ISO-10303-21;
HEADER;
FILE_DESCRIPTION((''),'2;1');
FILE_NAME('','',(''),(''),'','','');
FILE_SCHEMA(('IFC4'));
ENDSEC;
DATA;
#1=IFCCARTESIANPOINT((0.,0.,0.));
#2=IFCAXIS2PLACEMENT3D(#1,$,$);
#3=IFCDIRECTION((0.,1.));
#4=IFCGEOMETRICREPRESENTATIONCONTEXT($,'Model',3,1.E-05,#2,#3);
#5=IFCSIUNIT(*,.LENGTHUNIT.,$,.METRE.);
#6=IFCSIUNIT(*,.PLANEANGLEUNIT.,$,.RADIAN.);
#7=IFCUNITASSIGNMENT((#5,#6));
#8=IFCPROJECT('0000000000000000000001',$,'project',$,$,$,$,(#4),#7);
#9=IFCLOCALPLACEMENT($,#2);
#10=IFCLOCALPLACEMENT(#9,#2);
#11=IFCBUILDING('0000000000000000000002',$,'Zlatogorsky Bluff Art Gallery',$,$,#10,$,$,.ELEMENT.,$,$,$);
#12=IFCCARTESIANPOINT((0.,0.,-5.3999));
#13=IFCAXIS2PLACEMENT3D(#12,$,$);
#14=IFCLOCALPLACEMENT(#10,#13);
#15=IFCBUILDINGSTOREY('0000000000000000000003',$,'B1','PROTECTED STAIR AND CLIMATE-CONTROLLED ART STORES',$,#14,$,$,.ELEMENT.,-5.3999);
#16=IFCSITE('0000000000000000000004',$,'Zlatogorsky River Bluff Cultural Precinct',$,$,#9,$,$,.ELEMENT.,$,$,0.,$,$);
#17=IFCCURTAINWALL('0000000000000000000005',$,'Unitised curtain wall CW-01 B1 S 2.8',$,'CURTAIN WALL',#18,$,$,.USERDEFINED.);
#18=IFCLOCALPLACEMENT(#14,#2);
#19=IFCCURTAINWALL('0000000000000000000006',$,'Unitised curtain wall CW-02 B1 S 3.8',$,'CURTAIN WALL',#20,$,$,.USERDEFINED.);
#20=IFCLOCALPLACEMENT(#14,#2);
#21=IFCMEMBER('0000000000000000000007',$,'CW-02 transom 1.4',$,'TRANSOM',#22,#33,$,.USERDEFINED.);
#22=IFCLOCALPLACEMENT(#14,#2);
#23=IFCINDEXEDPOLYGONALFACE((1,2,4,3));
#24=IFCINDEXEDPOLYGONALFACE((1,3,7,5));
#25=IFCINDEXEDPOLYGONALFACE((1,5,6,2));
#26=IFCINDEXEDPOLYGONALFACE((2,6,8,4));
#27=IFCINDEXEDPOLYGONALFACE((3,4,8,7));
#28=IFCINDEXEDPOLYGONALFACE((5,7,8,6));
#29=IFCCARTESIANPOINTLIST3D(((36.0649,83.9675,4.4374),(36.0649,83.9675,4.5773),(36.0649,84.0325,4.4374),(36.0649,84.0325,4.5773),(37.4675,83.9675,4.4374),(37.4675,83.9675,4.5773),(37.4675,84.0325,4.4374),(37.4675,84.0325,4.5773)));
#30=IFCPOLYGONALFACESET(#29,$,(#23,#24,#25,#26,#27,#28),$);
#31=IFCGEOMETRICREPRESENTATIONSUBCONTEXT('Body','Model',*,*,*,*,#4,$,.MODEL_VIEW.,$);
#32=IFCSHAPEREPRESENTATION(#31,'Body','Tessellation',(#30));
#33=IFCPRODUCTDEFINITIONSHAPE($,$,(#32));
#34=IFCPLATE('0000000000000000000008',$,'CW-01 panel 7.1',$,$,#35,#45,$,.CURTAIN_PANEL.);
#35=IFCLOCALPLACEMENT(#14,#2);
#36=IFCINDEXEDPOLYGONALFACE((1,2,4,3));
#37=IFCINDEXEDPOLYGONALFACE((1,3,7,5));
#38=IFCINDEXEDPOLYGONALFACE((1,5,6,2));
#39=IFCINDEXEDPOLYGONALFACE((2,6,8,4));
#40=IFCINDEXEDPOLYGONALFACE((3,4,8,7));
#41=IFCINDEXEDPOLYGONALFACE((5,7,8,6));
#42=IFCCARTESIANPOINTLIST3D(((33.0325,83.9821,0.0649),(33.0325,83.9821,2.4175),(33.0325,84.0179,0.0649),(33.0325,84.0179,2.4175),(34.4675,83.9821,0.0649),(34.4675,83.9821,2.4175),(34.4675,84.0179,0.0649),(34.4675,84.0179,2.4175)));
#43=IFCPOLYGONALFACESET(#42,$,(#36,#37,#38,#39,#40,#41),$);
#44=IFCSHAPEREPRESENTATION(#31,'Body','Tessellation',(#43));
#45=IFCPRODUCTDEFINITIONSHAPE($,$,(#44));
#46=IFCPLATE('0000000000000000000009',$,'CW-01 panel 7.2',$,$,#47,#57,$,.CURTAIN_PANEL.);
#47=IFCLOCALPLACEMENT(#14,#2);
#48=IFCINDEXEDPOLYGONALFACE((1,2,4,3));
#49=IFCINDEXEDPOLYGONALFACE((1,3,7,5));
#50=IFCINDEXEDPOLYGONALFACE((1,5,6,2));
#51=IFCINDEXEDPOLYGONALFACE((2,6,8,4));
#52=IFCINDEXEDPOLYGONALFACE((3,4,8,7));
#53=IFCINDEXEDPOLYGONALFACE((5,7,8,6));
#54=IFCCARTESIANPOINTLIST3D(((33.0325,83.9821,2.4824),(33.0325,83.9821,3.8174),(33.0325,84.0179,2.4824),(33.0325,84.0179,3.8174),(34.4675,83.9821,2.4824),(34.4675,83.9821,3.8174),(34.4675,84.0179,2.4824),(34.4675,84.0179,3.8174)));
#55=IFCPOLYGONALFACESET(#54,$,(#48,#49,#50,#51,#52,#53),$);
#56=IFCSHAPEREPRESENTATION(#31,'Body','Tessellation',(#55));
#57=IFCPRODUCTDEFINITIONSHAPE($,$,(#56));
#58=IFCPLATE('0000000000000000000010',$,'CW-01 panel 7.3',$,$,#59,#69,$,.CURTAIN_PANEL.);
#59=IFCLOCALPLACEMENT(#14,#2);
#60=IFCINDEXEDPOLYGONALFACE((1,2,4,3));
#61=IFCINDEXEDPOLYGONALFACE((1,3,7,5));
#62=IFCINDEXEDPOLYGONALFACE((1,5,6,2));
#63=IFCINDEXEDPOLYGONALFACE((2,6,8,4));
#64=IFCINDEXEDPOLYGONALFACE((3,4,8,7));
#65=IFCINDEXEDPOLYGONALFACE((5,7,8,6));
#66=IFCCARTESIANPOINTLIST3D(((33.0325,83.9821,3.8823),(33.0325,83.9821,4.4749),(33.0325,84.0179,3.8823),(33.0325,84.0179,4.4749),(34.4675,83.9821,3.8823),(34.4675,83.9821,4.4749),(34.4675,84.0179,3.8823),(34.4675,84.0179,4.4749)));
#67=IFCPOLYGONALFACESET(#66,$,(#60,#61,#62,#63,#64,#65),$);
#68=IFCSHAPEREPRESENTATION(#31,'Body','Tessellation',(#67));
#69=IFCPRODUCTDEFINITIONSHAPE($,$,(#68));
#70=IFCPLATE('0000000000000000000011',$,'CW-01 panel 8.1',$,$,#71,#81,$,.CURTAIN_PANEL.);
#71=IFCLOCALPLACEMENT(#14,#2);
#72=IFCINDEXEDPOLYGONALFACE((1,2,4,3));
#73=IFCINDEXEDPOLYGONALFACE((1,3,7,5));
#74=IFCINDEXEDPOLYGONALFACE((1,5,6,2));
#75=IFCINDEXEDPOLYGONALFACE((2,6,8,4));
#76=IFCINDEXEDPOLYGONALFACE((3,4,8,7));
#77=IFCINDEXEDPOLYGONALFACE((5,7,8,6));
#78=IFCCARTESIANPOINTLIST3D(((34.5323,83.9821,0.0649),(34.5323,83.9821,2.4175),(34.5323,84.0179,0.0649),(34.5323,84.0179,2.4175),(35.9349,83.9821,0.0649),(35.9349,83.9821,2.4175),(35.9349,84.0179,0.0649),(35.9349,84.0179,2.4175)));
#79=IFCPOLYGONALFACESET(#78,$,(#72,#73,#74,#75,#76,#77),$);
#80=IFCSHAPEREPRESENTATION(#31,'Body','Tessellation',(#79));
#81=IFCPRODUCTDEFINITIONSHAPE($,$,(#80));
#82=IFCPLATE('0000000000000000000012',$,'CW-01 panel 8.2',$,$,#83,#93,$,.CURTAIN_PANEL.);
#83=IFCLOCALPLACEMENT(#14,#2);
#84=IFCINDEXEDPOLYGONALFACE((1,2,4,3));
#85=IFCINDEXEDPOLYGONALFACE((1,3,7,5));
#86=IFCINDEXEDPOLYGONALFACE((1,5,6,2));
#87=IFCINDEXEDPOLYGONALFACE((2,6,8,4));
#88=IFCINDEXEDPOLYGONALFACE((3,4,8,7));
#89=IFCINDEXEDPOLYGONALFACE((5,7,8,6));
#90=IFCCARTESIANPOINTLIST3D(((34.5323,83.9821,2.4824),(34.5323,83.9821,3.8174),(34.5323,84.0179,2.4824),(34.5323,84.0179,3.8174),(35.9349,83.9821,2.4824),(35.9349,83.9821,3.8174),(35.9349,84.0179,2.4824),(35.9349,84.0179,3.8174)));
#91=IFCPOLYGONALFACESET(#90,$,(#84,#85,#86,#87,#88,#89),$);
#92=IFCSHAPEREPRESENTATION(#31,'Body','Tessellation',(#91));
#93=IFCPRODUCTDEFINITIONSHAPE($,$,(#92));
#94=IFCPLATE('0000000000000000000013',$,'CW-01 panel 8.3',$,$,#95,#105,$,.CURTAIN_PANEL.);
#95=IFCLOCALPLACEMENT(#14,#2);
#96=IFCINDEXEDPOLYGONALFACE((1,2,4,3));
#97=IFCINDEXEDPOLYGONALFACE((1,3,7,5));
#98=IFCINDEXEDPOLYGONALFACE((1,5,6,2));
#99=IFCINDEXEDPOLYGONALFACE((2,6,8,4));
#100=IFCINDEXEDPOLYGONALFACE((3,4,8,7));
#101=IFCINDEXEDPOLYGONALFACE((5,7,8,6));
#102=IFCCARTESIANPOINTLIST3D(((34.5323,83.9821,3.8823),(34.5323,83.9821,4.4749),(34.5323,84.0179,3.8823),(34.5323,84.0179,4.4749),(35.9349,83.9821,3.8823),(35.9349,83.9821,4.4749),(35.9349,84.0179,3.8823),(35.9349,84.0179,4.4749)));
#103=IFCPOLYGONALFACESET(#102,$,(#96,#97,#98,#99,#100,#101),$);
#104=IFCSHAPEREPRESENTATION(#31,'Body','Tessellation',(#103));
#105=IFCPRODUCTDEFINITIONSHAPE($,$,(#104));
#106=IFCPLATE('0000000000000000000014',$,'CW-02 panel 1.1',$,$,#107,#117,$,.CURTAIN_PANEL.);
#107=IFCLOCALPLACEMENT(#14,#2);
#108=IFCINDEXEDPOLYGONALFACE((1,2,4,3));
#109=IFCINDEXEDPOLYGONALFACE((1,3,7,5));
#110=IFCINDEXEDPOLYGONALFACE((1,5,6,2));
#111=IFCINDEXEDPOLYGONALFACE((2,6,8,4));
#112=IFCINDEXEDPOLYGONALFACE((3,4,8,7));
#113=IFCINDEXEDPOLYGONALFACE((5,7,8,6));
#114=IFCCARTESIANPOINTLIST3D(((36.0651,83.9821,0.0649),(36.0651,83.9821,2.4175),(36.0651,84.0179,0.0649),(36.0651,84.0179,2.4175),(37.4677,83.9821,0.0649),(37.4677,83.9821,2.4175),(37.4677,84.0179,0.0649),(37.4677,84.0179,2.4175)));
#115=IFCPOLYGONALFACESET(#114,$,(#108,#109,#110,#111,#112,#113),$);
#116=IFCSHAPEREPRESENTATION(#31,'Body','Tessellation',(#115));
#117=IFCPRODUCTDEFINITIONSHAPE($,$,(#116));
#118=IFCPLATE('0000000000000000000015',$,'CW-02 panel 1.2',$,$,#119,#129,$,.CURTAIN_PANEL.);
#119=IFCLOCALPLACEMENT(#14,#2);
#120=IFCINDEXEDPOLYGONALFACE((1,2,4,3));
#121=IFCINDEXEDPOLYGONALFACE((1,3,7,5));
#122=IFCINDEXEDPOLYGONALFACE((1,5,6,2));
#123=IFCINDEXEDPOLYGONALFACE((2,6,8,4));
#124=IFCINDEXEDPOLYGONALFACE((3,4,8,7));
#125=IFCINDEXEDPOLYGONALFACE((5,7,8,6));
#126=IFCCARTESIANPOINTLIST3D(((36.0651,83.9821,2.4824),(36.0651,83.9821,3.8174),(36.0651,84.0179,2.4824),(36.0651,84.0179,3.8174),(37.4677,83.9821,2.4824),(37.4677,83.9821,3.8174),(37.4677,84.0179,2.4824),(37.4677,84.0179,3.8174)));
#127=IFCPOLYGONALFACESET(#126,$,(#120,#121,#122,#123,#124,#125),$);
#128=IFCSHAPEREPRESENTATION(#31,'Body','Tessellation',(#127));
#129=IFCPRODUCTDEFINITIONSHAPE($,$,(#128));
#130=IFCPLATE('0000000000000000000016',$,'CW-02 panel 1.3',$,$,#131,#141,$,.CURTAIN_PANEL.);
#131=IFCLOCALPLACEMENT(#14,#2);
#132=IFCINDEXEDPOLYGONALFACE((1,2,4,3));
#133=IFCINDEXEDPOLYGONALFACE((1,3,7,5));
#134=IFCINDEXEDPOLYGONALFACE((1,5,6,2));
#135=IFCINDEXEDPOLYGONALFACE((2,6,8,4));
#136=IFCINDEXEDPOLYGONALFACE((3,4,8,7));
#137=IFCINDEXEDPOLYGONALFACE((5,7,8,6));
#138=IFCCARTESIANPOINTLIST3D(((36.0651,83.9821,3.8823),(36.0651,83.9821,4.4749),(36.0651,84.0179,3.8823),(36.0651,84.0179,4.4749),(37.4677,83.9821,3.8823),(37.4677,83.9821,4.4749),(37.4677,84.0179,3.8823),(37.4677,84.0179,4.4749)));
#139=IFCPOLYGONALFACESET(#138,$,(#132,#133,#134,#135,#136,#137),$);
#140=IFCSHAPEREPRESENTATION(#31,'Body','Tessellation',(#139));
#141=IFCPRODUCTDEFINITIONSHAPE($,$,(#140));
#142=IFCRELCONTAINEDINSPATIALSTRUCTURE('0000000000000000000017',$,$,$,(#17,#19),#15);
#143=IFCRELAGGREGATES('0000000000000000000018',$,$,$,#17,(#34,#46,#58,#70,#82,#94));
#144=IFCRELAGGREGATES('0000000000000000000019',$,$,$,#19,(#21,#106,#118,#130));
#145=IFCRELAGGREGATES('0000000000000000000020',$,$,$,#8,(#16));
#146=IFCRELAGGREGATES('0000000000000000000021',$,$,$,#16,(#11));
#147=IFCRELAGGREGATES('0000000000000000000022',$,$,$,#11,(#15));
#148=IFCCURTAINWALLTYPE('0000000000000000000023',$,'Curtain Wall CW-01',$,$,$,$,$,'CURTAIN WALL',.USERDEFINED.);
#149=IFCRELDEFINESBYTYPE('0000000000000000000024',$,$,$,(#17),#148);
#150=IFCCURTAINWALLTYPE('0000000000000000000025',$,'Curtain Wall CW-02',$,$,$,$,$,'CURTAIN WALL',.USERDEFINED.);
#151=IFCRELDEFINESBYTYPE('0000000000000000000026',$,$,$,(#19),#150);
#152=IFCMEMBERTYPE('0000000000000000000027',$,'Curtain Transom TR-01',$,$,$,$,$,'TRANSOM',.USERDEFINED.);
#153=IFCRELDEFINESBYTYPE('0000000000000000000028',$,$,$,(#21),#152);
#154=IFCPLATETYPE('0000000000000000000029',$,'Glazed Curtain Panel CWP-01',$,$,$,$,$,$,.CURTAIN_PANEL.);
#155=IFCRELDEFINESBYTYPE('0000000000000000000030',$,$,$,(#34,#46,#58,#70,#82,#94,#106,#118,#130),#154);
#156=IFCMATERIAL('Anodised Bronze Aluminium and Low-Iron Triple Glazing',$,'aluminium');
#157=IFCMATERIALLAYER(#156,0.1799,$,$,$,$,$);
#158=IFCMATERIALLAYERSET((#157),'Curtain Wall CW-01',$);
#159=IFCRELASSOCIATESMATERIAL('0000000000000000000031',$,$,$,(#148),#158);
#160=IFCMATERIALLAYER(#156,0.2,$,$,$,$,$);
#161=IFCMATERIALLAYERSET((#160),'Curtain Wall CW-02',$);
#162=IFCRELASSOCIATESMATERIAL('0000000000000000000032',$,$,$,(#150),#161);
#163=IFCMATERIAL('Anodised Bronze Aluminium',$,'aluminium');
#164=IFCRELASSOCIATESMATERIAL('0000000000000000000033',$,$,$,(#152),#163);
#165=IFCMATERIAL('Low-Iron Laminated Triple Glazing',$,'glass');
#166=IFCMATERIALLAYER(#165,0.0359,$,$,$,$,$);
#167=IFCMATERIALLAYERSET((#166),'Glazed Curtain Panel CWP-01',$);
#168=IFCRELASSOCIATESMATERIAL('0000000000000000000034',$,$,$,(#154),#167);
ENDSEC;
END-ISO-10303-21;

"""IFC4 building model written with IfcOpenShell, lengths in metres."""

from ifc_helpers import new_model, si_unit, direction, frame, origin, origin_2d, place, context, subcontext, project, spatial, rectangle, extrude, material, layer, layer_set, material_profile, profile_set, type_object, element, aggregate, save


model = new_model("IFC4")

# Units and contexts
model_context = context("Model", 3, precision=1e-05, world=origin(), true_north=direction((0.0, 1.0)))
body_context = subcontext(model_context, "Body", "Model", "MODEL_VIEW")
ifc_project = project(units=[si_unit("LENGTHUNIT", "METRE"), si_unit("PLANEANGLEUNIT", "RADIAN")], contexts=[model_context])

# Site, building, storey
site_placement = place(None, origin())
site = spatial("IfcSite", under=ifc_project, at=site_placement, Name="Zlatogorsky River Bluff Cultural Precinct", CompositionType="ELEMENT", RefElevation=0.0)
building_placement = place(site_placement, origin())
building = spatial("IfcBuilding", under=site, at=building_placement, Name="Zlatogorsky Bluff Art Gallery", CompositionType="ELEMENT")
storey_placement = place(building_placement, frame((0.0, 0.0, -5.3999)))
storey = spatial("IfcBuildingStorey", under=building, at=storey_placement, Name="B1", Description="PROTECTED STAIR AND CLIMATE-CONTROLLED ART STORES", CompositionType="ELEMENT", Elevation=-5.3999)

# Curtain wall
ifc_material_1 = material(Name="Anodised Bronze Aluminium and Low-Iron Triple Glazing", Category="aluminium")
ifc_layer_1 = layer(ifc_material_1, 0.1799)
ifc_layer_set_1 = layer_set([ifc_layer_1], Name="Curtain Wall CW-01")
curtain_wall_type_1 = type_object("IfcCurtainWallType", Name="Curtain Wall CW-01", ElementType="CURTAIN WALL", PredefinedType="USERDEFINED", material=ifc_layer_set_1)
curtain_wall_1_placement = place(storey_placement, origin())
curtain_wall_1 = element("IfcCurtainWall", 1, at=curtain_wall_1_placement, inside=storey, type_object=curtain_wall_type_1, Name="Unitised curtain wall CW-01 B1 S 2.8", ObjectType="CURTAIN WALL", PredefinedType="USERDEFINED")
ifc_material_2 = material(Name="Anodised Bronze Aluminium", Category="aluminium")

# Curtain wall
ifc_layer_2 = layer(ifc_material_1, 0.2)
ifc_layer_set_2 = layer_set([ifc_layer_2], Name="Curtain Wall CW-02")
curtain_wall_type_2 = type_object("IfcCurtainWallType", Name="Curtain Wall CW-02", ElementType="CURTAIN WALL", PredefinedType="USERDEFINED", material=ifc_layer_set_2)
curtain_wall_2_placement = place(storey_placement, origin())
curtain_wall_2 = element("IfcCurtainWall", 2, at=curtain_wall_2_placement, inside=storey, type_object=curtain_wall_type_2, Name="Unitised curtain wall CW-02 B1 S 3.8", ObjectType="CURTAIN WALL", PredefinedType="USERDEFINED")

# Member
ifc_material_profile_1 = material_profile(ifc_material_2, rectangle(XDim=0.0649, YDim=0.1399, at=origin_2d()), Name="ALU TRANSOM 65x140")
ifc_profile_set_1 = profile_set([ifc_material_profile_1], Name="Anodised Bronze Aluminium")
member_type_1 = type_object("IfcMemberType", Name="Curtain Transom TR-01", ElementType="TRANSOM", PredefinedType="USERDEFINED", material=ifc_profile_set_1)
member_1_placement = place(storey_placement, frame((36.0649, 84.0, 4.5073), z_axis=(1.0, 0.0, 0.0), x_axis=(0.0, 1.0, 0.0)))
member_1 = element("IfcMember", 3, at=member_1_placement, type_object=member_type_1, Name="CW-02 transom 1.4", ObjectType="TRANSOM", PredefinedType="USERDEFINED", context=body_context, shape_type="SweptSolid", body=[
    extrude(rectangle(XDim=0.0649, YDim=0.1399, at=origin_2d()), origin(), (0.0, 0.0, 1.0), 1.4026),
])

# Plates
ifc_material_3 = material(Name="Low-Iron Laminated Triple Glazing", Category="glass")
ifc_layer_3 = layer(ifc_material_3, 0.0359)
ifc_layer_set_3 = layer_set([ifc_layer_3], Name="Glazed Curtain Panel CWP-01")
plate_type = type_object("IfcPlateType", Name="Glazed Curtain Panel CWP-01", PredefinedType="CURTAIN_PANEL", material=ifc_layer_set_3)
plate_1_placement = place(storey_placement, frame((33.75, 84.0, 0.0649), z_axis=(0.0, 0.0, 1.0), x_axis=(1.0, 0.0, 0.0)))
plate_1 = element("IfcPlate", 4, at=plate_1_placement, type_object=plate_type, Name="CW-01 panel 7.1", PredefinedType="CURTAIN_PANEL", context=body_context, shape_type="SweptSolid", body=[
    extrude(rectangle(XDim=1.4351, YDim=0.0359, at=origin_2d()), origin(), (0.0, 0.0, 1.0), 2.3525),
])
plate_2_placement = place(storey_placement, frame((33.75, 84.0, 2.4824), z_axis=(0.0, 0.0, 1.0), x_axis=(1.0, 0.0, 0.0)))
plate_2 = element("IfcPlate", 5, at=plate_2_placement, type_object=plate_type, Name="CW-01 panel 7.2", PredefinedType="CURTAIN_PANEL", context=body_context, shape_type="SweptSolid", body=[
    extrude(rectangle(XDim=1.4351, YDim=0.0359, at=origin_2d()), origin(), (0.0, 0.0, 1.0), 1.335),
])
plate_3_placement = place(storey_placement, frame((33.75, 84.0, 3.8823), z_axis=(0.0, 0.0, 1.0), x_axis=(1.0, 0.0, 0.0)))
plate_3 = element("IfcPlate", 6, at=plate_3_placement, type_object=plate_type, Name="CW-01 panel 7.3", PredefinedType="CURTAIN_PANEL", context=body_context, shape_type="SweptSolid", body=[
    extrude(rectangle(XDim=1.4351, YDim=0.0359, at=origin_2d()), origin(), (0.0, 0.0, 1.0), 0.5925),
])
plate_4_placement = place(storey_placement, frame((35.2336, 84.0, 0.0649), z_axis=(0.0, 0.0, 1.0), x_axis=(1.0, 0.0, 0.0)))
plate_4 = element("IfcPlate", 7, at=plate_4_placement, type_object=plate_type, Name="CW-01 panel 8.1", PredefinedType="CURTAIN_PANEL", context=body_context, shape_type="SweptSolid", body=[
    extrude(rectangle(XDim=1.4026, YDim=0.0359, at=origin_2d()), origin(), (0.0, 0.0, 1.0), 2.3525),
])
plate_5_placement = place(storey_placement, frame((35.2336, 84.0, 2.4824), z_axis=(0.0, 0.0, 1.0), x_axis=(1.0, 0.0, 0.0)))
plate_5 = element("IfcPlate", 8, at=plate_5_placement, type_object=plate_type, Name="CW-01 panel 8.2", PredefinedType="CURTAIN_PANEL", context=body_context, shape_type="SweptSolid", body=[
    extrude(rectangle(XDim=1.4026, YDim=0.0359, at=origin_2d()), origin(), (0.0, 0.0, 1.0), 1.335),
])
plate_6_placement = place(storey_placement, frame((35.2336, 84.0, 3.8823), z_axis=(0.0, 0.0, 1.0), x_axis=(1.0, 0.0, 0.0)))
plate_6 = element("IfcPlate", 9, at=plate_6_placement, type_object=plate_type, Name="CW-01 panel 8.3", PredefinedType="CURTAIN_PANEL", context=body_context, shape_type="SweptSolid", body=[
    extrude(rectangle(XDim=1.4026, YDim=0.0359, at=origin_2d()), origin(), (0.0, 0.0, 1.0), 0.5925),
])
aggregate(curtain_wall_1, [plate_1, plate_2, plate_3, plate_4, plate_5, plate_6])
plate_7_placement = place(storey_placement, frame((36.7664, 84.0, 0.0649), z_axis=(0.0, 0.0, 1.0), x_axis=(1.0, 0.0, 0.0)))
plate_7 = element("IfcPlate", 10, at=plate_7_placement, type_object=plate_type, Name="CW-02 panel 1.1", PredefinedType="CURTAIN_PANEL", context=body_context, shape_type="SweptSolid", body=[
    extrude(rectangle(XDim=1.4026, YDim=0.0359, at=origin_2d()), origin(), (0.0, 0.0, 1.0), 2.3525),
])
plate_8_placement = place(storey_placement, frame((36.7664, 84.0, 2.4824), z_axis=(0.0, 0.0, 1.0), x_axis=(1.0, 0.0, 0.0)))
plate_8 = element("IfcPlate", 11, at=plate_8_placement, type_object=plate_type, Name="CW-02 panel 1.2", PredefinedType="CURTAIN_PANEL", context=body_context, shape_type="SweptSolid", body=[
    extrude(rectangle(XDim=1.4026, YDim=0.0359, at=origin_2d()), origin(), (0.0, 0.0, 1.0), 1.335),
])
plate_9_placement = place(storey_placement, frame((36.7664, 84.0, 3.8823), z_axis=(0.0, 0.0, 1.0), x_axis=(1.0, 0.0, 0.0)))
plate_9 = element("IfcPlate", 12, at=plate_9_placement, type_object=plate_type, Name="CW-02 panel 1.3", PredefinedType="CURTAIN_PANEL", context=body_context, shape_type="SweptSolid", body=[
    extrude(rectangle(XDim=1.4026, YDim=0.0359, at=origin_2d()), origin(), (0.0, 0.0, 1.0), 0.5925),
])
aggregate(curtain_wall_2, [member_1, plate_7, plate_8, plate_9])

save(model, "model.ifc")
